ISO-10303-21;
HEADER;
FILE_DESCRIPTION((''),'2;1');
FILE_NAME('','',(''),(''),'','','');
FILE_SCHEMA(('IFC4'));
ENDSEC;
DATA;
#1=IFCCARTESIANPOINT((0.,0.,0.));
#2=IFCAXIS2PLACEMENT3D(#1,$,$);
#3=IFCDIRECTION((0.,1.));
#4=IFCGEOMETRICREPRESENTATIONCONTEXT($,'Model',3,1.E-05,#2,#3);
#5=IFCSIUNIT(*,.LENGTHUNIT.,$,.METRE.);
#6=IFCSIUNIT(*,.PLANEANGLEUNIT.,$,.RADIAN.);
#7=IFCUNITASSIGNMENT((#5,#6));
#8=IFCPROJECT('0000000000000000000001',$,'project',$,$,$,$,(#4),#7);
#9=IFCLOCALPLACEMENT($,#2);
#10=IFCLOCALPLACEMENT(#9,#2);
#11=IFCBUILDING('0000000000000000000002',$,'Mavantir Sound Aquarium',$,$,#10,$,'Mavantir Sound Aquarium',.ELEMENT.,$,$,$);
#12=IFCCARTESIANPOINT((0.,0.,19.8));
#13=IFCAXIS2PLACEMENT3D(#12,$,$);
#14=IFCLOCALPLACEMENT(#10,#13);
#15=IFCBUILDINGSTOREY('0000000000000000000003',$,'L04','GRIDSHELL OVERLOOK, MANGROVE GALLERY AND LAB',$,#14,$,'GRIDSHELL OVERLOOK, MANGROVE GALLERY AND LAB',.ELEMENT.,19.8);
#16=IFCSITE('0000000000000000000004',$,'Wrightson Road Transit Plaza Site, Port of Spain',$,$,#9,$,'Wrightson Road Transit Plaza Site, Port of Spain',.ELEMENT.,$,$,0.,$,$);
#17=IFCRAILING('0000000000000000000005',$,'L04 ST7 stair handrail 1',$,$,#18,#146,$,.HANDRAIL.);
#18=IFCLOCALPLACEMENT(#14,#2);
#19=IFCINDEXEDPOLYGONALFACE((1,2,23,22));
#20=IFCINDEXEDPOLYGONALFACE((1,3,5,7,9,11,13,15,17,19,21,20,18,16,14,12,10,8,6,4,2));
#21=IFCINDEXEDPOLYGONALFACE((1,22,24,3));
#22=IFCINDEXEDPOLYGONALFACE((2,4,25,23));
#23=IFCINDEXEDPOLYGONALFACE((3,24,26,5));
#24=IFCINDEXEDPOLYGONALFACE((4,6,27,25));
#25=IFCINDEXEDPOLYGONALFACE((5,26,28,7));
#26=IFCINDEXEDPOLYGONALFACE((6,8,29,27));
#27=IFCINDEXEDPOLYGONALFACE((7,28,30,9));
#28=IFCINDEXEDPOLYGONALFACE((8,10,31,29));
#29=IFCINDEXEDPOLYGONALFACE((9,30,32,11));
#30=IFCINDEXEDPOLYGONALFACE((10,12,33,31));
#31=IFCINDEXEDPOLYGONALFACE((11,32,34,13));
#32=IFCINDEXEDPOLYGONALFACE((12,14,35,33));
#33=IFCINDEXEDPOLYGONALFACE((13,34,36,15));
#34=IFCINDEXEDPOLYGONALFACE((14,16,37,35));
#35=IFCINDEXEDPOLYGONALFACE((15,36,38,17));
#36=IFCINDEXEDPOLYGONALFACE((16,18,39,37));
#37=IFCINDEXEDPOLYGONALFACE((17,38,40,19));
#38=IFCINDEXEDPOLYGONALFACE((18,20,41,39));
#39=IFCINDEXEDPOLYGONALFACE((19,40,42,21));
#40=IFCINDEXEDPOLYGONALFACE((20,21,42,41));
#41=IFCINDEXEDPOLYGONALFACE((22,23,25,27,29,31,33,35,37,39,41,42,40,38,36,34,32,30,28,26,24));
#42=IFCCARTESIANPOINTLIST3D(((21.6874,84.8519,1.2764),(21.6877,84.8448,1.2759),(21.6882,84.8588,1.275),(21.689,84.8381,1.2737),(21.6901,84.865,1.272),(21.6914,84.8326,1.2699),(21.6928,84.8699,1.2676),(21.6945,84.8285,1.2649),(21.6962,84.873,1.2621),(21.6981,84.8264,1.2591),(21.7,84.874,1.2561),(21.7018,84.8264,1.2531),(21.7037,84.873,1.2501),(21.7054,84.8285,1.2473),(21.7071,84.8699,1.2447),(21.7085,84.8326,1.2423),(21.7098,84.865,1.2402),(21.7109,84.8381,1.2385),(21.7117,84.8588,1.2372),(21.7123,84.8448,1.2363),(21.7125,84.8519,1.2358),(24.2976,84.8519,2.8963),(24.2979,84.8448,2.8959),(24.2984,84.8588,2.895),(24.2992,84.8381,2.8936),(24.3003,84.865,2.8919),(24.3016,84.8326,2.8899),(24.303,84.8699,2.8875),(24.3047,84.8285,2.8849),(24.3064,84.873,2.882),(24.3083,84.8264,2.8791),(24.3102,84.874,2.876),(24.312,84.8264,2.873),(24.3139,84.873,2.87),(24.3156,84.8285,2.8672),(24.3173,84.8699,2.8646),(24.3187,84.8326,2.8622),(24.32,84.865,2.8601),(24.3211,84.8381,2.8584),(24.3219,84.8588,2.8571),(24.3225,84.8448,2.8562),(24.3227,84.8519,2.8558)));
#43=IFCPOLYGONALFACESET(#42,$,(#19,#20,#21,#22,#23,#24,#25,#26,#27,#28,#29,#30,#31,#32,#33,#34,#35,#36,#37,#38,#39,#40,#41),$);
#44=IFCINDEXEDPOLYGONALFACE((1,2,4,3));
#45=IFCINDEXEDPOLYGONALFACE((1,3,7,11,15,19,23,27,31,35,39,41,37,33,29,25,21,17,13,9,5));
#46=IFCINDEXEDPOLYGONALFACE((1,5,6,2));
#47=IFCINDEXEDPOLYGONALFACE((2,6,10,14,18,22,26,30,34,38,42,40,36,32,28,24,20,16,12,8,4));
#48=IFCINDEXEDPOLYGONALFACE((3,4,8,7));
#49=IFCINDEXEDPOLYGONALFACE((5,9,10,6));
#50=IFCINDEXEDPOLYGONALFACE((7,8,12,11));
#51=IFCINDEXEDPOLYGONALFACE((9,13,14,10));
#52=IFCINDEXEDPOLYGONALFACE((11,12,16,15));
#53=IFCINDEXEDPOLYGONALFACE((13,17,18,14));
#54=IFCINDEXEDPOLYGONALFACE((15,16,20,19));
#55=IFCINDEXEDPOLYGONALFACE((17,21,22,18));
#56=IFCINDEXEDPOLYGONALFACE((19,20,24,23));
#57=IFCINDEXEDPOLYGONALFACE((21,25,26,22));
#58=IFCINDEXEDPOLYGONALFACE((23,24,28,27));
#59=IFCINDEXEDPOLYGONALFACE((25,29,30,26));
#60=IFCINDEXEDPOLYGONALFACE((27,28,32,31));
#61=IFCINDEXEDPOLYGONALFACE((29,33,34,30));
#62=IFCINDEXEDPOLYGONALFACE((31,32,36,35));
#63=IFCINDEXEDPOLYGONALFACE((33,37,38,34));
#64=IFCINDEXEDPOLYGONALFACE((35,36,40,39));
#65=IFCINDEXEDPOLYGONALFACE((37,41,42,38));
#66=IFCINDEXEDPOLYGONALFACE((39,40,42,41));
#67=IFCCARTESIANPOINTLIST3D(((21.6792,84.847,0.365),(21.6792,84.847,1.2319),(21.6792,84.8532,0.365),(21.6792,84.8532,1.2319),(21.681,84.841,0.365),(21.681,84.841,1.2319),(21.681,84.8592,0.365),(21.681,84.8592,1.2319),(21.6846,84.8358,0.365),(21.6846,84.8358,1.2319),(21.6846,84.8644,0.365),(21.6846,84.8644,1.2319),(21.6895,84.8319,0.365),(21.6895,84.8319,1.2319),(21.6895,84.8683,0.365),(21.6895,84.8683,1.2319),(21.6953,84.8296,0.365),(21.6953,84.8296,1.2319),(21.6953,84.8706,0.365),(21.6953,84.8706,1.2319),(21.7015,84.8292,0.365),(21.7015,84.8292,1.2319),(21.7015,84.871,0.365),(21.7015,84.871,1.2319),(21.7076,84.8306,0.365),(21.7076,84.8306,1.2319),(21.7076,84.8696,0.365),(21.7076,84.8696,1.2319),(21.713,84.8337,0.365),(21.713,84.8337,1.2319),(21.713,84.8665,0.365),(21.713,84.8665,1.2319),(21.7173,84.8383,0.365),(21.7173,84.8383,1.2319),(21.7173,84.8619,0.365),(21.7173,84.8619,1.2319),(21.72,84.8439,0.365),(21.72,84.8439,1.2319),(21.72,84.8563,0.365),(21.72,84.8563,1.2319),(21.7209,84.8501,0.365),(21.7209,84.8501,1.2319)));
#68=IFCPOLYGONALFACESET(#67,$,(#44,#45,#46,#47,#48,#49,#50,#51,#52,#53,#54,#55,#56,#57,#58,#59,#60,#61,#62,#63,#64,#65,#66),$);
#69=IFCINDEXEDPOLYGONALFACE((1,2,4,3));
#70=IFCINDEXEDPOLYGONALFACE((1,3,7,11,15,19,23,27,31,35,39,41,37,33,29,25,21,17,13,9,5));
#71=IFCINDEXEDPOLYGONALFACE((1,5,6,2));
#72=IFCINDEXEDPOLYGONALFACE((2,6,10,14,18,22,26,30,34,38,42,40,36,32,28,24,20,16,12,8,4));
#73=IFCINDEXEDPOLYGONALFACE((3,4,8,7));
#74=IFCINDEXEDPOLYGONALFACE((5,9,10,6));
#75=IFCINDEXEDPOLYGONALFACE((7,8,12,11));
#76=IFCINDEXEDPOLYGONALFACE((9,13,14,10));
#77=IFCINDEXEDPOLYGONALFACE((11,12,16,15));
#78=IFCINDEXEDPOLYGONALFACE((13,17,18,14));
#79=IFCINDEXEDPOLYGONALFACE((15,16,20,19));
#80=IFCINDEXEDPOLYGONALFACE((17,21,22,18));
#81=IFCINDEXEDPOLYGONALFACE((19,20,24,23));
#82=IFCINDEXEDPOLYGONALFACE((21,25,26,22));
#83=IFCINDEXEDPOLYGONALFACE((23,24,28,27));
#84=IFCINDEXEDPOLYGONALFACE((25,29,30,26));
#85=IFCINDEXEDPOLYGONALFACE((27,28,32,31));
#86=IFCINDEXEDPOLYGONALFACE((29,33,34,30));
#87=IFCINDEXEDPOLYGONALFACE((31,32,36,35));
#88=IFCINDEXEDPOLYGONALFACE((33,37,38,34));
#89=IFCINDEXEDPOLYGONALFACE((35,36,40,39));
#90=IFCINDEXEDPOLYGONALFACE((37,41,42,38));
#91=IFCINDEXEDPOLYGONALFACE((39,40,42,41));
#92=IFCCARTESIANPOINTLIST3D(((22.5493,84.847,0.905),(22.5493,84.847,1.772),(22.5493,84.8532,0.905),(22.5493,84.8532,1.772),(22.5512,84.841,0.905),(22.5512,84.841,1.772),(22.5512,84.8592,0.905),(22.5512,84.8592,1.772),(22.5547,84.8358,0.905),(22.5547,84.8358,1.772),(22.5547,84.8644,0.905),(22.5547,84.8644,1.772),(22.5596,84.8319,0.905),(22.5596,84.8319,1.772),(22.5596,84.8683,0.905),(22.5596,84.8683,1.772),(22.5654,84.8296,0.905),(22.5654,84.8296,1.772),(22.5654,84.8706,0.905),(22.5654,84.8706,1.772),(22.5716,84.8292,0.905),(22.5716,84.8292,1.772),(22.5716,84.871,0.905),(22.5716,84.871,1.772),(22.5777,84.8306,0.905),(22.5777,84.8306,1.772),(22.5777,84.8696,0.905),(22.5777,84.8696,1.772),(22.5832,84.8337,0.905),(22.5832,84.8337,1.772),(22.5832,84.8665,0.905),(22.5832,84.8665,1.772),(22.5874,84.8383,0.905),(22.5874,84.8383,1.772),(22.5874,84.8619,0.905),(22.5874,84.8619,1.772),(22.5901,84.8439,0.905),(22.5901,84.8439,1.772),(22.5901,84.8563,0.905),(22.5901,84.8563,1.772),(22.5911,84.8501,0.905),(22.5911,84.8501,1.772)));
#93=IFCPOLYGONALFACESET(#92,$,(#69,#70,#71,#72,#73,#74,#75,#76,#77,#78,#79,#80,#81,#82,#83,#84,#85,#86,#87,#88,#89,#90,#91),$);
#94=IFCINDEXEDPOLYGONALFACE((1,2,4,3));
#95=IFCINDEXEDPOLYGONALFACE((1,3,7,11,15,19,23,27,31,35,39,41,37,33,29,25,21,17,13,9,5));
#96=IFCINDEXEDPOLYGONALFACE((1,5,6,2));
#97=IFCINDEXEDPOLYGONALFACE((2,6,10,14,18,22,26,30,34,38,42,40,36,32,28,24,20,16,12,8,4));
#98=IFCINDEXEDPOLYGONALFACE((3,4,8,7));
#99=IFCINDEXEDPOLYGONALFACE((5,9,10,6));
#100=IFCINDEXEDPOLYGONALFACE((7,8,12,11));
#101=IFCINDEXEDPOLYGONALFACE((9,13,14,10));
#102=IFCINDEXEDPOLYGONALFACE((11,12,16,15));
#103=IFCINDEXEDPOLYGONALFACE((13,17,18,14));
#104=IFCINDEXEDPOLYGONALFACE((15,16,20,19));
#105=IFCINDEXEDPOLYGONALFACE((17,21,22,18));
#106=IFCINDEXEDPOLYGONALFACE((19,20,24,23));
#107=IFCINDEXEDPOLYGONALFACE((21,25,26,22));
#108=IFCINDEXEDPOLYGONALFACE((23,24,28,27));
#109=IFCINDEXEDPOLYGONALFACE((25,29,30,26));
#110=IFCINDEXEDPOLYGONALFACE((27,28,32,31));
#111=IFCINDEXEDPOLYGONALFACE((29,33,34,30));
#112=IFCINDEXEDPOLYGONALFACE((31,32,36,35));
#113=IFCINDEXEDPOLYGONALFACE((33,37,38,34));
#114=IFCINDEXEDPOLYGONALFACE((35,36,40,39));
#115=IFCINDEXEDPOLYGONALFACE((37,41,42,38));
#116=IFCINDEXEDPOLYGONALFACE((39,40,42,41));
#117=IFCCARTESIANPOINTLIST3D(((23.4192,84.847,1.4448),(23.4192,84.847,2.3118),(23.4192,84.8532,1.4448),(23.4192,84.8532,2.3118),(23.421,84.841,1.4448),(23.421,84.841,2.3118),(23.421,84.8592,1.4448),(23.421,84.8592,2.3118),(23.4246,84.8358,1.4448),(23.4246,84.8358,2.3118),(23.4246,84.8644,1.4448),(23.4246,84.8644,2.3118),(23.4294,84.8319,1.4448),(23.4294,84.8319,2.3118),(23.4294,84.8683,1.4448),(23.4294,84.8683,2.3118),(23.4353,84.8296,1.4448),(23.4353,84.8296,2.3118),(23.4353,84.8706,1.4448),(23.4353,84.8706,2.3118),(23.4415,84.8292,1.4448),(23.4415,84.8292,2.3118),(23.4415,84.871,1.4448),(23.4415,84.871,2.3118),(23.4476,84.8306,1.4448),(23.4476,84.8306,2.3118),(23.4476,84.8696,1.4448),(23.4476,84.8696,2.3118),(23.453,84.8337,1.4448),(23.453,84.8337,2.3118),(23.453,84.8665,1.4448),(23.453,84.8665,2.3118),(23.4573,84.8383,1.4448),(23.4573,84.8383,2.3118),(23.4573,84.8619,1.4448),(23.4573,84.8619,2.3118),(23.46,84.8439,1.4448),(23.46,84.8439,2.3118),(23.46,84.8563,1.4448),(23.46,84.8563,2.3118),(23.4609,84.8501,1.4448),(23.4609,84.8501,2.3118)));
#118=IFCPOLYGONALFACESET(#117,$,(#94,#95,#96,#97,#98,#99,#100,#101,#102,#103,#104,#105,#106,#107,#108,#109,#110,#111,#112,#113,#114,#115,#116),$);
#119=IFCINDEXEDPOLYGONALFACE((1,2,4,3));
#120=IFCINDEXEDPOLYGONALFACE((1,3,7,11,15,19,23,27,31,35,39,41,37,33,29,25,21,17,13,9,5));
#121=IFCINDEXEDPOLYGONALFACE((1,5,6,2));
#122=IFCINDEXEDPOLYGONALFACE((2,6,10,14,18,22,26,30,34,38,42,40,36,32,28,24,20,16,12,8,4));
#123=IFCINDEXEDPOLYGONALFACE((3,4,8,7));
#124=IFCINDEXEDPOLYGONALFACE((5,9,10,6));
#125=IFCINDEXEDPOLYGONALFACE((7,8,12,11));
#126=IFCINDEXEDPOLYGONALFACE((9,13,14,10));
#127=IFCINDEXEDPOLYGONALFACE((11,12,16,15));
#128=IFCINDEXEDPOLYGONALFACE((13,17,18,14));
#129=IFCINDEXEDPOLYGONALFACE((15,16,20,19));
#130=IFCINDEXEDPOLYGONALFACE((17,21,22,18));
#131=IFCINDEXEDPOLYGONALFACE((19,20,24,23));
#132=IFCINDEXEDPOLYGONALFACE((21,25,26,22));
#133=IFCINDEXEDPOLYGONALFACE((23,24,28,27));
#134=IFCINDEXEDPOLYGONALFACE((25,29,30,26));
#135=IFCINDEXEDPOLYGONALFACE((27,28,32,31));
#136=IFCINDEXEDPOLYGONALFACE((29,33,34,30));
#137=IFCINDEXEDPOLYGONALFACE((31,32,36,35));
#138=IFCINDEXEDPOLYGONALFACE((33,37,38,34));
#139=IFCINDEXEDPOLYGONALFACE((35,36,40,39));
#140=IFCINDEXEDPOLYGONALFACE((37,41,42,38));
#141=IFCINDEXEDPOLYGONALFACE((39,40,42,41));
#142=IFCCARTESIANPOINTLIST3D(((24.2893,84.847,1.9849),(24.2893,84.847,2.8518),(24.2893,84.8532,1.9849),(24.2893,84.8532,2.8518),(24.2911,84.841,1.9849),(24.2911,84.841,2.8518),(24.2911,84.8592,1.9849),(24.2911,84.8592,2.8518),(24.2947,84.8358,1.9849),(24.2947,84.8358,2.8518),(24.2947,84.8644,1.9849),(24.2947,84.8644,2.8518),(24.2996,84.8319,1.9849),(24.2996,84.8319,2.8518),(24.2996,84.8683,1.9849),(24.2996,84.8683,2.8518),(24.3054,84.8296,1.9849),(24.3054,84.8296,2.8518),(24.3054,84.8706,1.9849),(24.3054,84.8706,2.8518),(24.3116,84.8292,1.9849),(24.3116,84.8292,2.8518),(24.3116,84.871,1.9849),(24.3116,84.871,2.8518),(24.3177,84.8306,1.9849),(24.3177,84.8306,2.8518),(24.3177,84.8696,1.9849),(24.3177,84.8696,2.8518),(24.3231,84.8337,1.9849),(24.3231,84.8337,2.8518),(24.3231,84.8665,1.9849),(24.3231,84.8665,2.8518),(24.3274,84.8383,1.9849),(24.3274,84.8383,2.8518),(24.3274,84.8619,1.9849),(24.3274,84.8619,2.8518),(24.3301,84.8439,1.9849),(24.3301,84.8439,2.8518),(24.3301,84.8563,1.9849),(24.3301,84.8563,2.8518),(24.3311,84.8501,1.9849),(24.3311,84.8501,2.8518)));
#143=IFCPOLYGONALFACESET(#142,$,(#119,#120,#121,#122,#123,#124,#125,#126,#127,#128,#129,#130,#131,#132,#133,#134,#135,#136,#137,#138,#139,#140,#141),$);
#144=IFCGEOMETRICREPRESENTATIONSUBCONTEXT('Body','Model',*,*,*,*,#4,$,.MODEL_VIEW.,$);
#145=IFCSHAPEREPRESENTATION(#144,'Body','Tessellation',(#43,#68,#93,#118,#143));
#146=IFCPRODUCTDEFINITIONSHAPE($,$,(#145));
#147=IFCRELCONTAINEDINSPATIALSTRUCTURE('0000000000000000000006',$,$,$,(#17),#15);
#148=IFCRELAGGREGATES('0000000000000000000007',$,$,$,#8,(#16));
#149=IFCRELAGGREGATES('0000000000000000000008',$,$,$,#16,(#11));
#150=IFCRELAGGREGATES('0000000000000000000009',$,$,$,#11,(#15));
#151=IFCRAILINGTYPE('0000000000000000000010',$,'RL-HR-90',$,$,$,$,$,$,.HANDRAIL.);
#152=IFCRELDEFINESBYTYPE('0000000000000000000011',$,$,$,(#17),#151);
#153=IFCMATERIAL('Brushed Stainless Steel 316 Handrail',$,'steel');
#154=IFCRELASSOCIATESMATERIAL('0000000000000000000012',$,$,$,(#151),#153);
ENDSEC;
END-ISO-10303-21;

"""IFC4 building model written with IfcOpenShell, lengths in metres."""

from ifc_helpers import new_model, si_unit, direction, frame, origin, origin_2d, place, context, subcontext, project, spatial, circle, extrude, material, type_object, element, save


model = new_model("IFC4")

# Units and contexts
model_context = context("Model", 3, precision=1e-05, world=origin(), true_north=direction((0.0, 1.0)))
body_context = subcontext(model_context, "Body", "Model", "MODEL_VIEW")
ifc_project = project(units=[si_unit("LENGTHUNIT", "METRE"), si_unit("PLANEANGLEUNIT", "RADIAN")], contexts=[model_context])

# Site, building, storey
site_placement = place(None, origin())
site = spatial("IfcSite", under=ifc_project, at=site_placement, Name="Wrightson Road Transit Plaza Site, Port of Spain", LongName="Wrightson Road Transit Plaza Site, Port of Spain", CompositionType="ELEMENT", RefElevation=0.0)
building_placement = place(site_placement, origin())
building = spatial("IfcBuilding", under=site, at=building_placement, Name="Mavantir Sound Aquarium", LongName="Mavantir Sound Aquarium", CompositionType="ELEMENT")
storey_placement = place(building_placement, frame((0.0, 0.0, 19.8)))
storey = spatial("IfcBuildingStorey", under=building, at=storey_placement, Name="L04", Description="GRIDSHELL OVERLOOK, MANGROVE GALLERY AND LAB", LongName="GRIDSHELL OVERLOOK, MANGROVE GALLERY AND LAB", CompositionType="ELEMENT", Elevation=19.8)

# Railing
ifc_material_1 = material(Name="Brushed Stainless Steel 316 Handrail", Category="steel")
railing_type_1 = type_object("IfcRailingType", Name="RL-HR-90", PredefinedType="HANDRAIL", material=ifc_material_1)
railing_1_placement = place(storey_placement, frame((21.7, 84.8501, 0.365)))
element("IfcRailing", 1, at=railing_1_placement, inside=storey, type_object=railing_type_1, Name="L04 ST7 stair handrail 1", PredefinedType="HANDRAIL", context=body_context, shape_type="SweptSolid", body=[
    extrude(circle(Radius=0.0239, at=origin_2d()), frame((0.0, 0.0, 0.8911), z_axis=(0.849668, 0.0, 0.527317), x_axis=(0.0, 1.0, 0.0)), (0.0, 0.0, 1.0), 3.072),
    extrude(circle(Radius=0.021, at=origin_2d()), origin(), (0.0, 0.0, 1.0), 0.8669),
    extrude(circle(Radius=0.021, at=origin_2d()), frame((0.8701, 0.0, 0.54)), (0.0, 0.0, 1.0), 0.8669),
    extrude(circle(Radius=0.021, at=origin_2d()), frame((1.74, 0.0, 1.0798)), (0.0, 0.0, 1.0), 0.8669),
    extrude(circle(Radius=0.021, at=origin_2d()), frame((2.6101, 0.0, 1.6199)), (0.0, 0.0, 1.0), 0.8669),
])

save(model, "model.ifc")
